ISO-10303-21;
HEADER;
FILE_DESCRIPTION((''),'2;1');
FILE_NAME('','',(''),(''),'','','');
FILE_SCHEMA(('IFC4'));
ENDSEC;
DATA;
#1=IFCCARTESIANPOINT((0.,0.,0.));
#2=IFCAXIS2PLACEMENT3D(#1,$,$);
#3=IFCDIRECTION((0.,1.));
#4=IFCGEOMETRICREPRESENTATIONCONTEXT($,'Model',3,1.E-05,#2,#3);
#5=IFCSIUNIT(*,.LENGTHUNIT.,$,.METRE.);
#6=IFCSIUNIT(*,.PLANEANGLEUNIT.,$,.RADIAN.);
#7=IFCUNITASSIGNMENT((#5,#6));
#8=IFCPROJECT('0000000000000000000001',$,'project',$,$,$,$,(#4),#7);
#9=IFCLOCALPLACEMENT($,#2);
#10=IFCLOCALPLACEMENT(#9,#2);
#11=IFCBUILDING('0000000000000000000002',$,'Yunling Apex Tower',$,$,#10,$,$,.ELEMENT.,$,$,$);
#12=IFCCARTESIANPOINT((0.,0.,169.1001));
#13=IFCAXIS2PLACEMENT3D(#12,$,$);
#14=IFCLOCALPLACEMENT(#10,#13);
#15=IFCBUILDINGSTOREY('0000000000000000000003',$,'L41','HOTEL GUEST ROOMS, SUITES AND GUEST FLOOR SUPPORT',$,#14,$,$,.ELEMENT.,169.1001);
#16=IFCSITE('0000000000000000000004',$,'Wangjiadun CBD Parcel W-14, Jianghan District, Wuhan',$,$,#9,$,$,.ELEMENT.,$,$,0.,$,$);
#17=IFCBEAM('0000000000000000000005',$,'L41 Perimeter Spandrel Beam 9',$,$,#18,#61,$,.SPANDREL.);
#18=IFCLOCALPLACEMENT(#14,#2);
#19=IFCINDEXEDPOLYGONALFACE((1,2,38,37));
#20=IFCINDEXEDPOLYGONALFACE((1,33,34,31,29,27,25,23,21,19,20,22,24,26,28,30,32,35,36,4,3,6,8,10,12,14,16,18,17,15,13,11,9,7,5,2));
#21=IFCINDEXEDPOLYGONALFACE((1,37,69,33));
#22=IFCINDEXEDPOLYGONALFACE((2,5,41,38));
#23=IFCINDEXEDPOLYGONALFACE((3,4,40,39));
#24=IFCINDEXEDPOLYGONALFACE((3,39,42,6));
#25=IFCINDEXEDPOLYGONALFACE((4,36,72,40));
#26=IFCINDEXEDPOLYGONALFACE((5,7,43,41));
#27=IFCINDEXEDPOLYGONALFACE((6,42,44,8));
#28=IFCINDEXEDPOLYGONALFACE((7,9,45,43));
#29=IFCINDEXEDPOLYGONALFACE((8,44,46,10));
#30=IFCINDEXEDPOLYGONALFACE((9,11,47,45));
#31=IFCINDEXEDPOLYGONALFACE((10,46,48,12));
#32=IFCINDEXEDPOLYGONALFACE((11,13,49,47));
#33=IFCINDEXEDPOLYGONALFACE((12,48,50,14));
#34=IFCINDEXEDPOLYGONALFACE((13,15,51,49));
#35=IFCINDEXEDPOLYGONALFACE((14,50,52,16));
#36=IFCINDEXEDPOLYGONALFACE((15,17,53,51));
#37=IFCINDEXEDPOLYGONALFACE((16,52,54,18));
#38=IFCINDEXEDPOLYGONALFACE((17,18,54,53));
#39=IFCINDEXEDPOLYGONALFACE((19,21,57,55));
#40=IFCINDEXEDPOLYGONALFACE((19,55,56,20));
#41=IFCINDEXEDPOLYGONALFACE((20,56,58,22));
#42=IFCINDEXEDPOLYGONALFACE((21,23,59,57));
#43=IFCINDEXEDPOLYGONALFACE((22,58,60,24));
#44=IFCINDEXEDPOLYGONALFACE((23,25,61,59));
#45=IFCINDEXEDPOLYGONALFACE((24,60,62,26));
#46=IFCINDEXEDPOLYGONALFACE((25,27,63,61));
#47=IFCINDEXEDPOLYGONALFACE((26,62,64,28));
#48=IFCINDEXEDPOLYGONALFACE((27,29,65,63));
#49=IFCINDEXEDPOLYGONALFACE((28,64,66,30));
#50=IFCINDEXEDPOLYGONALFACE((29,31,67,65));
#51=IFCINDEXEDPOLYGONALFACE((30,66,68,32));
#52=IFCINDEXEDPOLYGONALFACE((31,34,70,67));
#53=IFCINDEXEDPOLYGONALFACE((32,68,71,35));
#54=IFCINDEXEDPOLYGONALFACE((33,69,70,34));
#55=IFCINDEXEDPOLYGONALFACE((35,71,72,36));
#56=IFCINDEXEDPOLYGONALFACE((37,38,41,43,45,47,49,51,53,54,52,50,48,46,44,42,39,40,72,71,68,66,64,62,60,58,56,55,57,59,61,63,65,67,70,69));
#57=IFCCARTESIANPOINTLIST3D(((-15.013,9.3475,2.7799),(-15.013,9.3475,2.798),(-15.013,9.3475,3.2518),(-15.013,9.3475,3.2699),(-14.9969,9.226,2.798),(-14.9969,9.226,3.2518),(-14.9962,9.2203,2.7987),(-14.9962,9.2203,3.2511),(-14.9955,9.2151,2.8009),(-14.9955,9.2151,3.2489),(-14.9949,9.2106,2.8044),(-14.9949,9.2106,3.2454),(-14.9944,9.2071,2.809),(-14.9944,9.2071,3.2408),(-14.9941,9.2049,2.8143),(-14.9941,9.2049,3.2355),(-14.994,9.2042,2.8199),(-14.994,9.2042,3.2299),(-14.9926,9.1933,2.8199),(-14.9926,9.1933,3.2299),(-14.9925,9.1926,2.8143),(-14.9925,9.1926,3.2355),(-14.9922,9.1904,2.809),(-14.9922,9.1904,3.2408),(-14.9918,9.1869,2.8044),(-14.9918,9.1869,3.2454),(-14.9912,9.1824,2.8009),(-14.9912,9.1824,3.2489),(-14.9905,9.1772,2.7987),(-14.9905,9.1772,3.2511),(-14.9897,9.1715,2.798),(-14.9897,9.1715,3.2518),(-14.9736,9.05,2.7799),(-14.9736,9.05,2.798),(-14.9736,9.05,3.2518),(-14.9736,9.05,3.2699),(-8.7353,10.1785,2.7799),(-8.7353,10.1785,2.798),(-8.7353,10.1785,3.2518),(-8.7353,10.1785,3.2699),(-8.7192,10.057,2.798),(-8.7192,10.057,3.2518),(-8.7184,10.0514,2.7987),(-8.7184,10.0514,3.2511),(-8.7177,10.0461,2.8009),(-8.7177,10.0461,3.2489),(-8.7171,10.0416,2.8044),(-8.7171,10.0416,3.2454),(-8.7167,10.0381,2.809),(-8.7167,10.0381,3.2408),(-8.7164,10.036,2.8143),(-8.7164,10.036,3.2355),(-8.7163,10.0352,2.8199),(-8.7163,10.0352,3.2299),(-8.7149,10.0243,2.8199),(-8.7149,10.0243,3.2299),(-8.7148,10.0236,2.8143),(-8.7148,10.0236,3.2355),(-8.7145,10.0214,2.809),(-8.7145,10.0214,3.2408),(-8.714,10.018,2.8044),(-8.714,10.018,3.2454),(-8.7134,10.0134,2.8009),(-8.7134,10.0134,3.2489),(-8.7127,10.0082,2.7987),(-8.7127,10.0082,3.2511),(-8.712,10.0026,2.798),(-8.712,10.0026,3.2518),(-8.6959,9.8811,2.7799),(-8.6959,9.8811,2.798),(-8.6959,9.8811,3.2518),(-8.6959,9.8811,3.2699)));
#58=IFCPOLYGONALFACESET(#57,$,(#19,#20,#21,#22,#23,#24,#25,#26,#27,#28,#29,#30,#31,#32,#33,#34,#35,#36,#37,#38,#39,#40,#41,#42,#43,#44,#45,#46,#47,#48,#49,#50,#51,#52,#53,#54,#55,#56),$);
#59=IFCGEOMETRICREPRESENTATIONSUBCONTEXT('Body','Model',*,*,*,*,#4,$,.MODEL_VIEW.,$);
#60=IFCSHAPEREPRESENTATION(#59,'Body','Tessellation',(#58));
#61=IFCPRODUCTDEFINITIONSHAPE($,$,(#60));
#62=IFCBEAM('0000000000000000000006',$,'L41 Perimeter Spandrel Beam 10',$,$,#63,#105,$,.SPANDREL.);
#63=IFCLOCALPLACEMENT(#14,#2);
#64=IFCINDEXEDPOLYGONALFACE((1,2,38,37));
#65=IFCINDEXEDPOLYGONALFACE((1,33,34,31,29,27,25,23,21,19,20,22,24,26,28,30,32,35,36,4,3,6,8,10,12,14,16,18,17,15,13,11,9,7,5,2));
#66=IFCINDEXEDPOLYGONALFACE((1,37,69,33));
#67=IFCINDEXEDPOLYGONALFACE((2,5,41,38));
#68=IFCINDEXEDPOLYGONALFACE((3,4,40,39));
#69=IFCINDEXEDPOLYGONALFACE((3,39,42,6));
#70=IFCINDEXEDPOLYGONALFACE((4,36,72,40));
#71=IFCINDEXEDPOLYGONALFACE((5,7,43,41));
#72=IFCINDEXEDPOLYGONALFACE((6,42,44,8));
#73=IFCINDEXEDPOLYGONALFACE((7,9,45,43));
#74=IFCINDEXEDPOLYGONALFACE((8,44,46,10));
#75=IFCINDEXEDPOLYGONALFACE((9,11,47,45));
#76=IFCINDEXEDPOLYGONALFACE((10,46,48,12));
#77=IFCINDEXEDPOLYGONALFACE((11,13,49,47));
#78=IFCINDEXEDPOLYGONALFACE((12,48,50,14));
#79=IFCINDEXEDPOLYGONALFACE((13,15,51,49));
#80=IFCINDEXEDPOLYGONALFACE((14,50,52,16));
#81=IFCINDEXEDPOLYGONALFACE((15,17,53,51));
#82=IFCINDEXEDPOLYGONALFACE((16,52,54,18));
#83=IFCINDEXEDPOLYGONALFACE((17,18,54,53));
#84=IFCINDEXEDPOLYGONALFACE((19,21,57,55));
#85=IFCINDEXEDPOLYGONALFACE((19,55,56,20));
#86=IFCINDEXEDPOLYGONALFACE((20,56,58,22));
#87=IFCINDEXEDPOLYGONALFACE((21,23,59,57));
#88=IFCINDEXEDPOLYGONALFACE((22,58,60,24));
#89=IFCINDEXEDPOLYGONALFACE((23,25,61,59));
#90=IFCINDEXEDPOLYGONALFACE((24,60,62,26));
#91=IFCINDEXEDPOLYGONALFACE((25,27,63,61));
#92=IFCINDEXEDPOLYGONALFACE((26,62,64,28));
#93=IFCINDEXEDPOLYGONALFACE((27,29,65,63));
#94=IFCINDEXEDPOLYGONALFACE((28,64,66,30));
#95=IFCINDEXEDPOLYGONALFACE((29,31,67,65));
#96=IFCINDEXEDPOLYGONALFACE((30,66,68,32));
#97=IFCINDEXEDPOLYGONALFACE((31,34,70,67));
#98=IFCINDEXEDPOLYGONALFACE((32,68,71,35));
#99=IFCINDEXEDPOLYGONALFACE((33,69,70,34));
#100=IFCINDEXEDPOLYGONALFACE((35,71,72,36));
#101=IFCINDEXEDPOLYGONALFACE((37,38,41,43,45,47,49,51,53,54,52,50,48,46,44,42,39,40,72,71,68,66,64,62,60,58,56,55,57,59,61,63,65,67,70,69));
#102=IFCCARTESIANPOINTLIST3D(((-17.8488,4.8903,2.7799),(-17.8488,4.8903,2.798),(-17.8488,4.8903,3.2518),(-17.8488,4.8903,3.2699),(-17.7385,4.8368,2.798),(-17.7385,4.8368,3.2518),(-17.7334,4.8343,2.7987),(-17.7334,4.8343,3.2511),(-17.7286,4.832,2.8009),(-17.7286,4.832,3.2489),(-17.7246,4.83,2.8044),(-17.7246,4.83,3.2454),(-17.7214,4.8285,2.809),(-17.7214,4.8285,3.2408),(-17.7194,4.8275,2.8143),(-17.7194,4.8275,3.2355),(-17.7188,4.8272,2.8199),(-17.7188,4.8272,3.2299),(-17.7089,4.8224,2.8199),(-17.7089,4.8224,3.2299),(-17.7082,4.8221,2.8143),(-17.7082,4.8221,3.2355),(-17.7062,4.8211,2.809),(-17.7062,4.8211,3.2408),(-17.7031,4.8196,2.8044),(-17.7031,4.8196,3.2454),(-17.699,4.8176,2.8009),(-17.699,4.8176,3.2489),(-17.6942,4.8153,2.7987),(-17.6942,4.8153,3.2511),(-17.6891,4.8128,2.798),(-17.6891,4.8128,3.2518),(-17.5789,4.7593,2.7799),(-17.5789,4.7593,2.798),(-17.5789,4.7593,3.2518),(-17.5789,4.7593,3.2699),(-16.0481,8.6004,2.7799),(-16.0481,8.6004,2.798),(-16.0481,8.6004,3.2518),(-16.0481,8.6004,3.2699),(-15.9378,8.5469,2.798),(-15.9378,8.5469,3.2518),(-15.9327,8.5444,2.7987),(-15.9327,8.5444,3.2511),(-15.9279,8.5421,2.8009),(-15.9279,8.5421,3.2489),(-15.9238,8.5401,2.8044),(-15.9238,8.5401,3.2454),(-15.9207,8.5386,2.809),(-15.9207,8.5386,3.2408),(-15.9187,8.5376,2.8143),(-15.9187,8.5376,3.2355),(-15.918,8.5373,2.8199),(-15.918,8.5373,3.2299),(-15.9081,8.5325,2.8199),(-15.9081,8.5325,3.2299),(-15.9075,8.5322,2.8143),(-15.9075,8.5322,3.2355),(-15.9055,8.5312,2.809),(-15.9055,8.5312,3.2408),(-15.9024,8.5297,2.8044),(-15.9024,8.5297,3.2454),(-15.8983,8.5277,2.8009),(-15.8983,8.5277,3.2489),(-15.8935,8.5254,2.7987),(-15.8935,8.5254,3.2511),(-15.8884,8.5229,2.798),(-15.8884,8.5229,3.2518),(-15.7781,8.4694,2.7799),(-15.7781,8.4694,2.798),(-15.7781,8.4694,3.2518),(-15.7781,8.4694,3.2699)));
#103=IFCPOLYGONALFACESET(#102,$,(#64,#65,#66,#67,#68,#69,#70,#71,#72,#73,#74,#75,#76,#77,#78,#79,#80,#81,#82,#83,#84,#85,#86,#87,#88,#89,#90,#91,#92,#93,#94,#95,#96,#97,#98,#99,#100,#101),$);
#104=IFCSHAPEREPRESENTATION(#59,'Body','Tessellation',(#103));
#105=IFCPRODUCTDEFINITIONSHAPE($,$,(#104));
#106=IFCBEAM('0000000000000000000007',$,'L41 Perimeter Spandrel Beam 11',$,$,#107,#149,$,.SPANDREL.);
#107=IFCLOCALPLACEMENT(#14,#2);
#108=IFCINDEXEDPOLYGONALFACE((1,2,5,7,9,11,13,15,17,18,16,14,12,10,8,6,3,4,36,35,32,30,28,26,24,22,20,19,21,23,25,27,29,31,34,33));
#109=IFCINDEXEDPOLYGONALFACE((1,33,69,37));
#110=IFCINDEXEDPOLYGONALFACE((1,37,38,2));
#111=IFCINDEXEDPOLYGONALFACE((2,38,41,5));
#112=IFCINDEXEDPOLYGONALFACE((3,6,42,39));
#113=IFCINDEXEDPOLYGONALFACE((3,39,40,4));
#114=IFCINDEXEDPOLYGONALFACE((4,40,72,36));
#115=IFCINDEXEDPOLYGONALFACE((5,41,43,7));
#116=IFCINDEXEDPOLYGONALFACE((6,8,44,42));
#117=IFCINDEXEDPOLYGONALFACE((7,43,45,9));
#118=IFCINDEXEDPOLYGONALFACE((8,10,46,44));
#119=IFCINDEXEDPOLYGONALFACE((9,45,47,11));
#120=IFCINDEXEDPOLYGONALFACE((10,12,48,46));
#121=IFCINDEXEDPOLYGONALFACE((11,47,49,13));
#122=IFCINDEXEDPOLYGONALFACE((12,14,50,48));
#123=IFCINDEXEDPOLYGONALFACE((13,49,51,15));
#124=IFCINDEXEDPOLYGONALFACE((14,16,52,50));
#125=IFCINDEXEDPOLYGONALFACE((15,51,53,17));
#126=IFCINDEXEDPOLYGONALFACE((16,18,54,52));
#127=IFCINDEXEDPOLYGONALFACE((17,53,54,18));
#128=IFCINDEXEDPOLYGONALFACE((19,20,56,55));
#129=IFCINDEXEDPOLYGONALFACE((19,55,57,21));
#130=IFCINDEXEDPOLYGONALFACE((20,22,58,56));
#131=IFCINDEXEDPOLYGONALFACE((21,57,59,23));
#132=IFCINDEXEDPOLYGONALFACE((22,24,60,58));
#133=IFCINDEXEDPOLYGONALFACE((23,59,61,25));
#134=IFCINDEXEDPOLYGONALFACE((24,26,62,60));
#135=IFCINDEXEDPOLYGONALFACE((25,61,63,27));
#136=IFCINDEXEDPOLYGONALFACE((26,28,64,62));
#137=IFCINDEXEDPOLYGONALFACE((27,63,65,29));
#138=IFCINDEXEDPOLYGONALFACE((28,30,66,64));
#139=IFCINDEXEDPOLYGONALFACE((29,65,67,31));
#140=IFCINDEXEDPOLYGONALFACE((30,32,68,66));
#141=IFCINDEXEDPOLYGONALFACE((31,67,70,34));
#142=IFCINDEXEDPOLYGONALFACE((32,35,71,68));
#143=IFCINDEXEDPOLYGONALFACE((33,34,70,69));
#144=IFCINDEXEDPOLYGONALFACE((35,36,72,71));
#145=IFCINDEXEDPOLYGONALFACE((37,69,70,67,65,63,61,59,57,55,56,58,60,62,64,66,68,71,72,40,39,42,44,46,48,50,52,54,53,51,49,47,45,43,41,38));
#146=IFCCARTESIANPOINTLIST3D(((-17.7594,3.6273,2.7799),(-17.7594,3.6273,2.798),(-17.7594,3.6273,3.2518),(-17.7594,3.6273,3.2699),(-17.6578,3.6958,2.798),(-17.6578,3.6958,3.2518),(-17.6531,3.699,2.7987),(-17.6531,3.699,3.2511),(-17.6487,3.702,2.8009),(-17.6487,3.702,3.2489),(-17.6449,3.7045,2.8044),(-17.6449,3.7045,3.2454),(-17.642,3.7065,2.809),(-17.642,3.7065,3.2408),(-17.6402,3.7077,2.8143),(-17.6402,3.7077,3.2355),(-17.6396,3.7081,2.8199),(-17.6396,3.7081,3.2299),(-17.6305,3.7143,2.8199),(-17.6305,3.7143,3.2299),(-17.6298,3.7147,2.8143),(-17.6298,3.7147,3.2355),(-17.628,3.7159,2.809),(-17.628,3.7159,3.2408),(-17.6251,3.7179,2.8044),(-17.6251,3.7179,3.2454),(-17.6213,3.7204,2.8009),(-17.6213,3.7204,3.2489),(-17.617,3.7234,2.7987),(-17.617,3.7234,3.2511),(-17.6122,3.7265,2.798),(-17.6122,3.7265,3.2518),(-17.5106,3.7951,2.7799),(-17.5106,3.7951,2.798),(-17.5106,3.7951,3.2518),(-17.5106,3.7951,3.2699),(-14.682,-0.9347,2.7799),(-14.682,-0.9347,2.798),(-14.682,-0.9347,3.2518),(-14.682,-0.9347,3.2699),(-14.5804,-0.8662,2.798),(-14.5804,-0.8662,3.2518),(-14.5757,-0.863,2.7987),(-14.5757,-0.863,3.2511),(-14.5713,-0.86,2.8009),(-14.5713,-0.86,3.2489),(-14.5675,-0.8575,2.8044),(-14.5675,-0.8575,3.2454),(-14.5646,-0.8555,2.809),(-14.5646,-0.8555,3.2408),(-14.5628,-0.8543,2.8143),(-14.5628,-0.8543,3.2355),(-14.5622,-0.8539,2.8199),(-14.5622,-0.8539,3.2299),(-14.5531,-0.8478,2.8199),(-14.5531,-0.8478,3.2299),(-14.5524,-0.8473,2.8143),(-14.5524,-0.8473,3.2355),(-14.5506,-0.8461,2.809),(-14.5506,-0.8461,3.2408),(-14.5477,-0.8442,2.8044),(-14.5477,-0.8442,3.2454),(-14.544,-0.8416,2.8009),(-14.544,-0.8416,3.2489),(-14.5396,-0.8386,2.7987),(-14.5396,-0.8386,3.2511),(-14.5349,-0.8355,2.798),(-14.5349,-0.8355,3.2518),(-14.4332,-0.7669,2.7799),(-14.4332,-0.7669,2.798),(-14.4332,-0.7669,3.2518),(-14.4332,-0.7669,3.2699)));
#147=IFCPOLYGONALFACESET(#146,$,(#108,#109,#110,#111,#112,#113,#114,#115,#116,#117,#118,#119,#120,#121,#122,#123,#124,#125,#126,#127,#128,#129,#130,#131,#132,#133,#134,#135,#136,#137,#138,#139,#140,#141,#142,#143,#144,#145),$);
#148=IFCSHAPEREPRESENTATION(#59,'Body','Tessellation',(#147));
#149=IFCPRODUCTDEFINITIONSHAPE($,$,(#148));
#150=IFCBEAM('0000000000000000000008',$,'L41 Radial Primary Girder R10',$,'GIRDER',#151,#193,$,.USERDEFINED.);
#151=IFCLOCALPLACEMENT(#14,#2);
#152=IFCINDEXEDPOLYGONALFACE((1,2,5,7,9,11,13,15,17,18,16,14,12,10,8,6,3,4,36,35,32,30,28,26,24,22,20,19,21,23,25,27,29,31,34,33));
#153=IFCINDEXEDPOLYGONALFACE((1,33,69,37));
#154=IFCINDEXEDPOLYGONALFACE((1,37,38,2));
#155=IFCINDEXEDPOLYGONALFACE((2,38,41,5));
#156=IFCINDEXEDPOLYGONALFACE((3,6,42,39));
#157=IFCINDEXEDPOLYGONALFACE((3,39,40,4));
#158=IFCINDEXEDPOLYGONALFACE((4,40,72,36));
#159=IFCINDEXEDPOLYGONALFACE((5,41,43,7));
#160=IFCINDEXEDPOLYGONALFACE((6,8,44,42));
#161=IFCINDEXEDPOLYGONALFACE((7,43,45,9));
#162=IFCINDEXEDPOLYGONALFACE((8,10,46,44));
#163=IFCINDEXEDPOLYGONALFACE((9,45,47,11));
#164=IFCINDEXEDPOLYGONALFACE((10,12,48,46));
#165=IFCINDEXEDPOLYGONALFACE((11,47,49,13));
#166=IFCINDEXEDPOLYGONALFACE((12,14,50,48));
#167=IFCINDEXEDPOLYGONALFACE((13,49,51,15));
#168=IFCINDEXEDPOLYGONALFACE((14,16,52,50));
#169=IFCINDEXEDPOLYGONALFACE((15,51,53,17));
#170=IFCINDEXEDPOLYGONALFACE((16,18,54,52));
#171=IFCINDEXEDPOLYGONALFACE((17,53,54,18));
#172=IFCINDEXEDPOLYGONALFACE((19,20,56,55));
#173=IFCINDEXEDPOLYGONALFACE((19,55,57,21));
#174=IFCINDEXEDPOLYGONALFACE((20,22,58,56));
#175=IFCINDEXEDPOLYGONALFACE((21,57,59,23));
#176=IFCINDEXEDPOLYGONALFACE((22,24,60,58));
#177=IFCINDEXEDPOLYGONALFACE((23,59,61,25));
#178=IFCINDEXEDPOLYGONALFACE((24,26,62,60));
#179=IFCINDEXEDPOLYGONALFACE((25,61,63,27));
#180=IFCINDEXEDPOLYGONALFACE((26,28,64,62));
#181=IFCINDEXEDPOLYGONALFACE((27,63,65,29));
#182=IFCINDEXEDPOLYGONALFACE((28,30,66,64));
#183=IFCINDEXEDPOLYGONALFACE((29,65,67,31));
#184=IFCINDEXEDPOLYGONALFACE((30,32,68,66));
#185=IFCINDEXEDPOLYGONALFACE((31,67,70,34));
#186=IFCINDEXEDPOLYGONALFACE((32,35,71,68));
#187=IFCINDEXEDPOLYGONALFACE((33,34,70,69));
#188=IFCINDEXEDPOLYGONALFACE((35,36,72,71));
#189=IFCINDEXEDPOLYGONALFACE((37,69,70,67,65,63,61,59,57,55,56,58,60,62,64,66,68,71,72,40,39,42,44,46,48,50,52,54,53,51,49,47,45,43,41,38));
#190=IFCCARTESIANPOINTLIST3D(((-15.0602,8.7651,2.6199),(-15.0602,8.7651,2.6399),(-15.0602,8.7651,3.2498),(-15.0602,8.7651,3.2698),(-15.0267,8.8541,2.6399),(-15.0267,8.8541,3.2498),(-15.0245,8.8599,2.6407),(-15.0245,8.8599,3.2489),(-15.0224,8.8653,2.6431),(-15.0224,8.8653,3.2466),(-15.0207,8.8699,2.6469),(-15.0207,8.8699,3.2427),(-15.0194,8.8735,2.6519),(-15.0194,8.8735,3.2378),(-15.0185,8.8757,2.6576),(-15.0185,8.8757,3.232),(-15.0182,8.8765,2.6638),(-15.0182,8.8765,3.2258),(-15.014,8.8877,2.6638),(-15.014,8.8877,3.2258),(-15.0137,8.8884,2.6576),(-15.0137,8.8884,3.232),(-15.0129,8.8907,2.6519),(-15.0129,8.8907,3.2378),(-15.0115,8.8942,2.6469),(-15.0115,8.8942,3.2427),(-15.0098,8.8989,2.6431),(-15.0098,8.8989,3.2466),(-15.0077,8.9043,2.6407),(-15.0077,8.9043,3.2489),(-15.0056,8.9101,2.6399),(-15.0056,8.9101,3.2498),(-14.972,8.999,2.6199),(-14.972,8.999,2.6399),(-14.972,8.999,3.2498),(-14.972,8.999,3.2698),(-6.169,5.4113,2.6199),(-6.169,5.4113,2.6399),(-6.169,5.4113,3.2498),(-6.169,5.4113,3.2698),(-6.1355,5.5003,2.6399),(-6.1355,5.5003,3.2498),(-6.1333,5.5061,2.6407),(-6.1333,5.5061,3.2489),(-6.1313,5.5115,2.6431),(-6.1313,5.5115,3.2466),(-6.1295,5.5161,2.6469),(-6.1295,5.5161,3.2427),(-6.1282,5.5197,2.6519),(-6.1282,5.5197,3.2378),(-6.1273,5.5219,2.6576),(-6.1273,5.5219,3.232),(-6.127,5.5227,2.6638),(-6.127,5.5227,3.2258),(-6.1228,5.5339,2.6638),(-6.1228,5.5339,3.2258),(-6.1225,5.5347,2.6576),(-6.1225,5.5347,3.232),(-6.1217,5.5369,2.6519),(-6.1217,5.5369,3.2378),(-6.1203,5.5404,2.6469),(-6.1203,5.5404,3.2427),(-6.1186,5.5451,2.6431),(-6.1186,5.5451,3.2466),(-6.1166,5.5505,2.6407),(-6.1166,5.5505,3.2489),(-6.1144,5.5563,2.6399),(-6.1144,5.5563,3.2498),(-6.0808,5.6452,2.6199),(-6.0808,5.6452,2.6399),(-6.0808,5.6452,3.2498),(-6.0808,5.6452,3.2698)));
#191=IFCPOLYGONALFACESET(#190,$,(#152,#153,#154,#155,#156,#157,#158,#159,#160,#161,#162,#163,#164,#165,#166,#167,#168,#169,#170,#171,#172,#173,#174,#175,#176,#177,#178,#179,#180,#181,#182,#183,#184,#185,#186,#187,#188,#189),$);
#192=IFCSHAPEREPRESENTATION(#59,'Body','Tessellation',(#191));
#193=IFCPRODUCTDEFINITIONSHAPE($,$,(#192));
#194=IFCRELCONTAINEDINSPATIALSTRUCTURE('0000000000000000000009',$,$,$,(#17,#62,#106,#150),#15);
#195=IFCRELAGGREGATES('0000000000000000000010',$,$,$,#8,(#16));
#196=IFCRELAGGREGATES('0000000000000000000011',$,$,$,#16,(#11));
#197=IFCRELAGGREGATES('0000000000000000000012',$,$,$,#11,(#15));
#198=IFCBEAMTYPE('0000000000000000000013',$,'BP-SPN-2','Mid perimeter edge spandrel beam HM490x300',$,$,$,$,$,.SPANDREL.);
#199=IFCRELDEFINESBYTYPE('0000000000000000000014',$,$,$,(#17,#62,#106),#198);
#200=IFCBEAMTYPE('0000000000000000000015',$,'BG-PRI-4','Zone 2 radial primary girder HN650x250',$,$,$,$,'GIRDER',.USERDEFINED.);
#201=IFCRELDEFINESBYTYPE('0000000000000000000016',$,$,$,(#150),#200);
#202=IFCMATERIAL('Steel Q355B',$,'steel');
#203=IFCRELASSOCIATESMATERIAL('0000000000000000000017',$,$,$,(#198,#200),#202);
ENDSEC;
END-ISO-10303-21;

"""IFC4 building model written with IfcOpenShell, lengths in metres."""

from ifc_helpers import new_model, si_unit, direction, frame, origin, origin_2d, place, context, subcontext, project, spatial, i_section, extrude, source, transform, mapped, material, material_profile, profile_set, type_object, element, save


model = new_model("IFC4")

# Units and contexts
model_context = context("Model", 3, precision=1e-05, world=origin(), true_north=direction((0.0, 1.0)))
body_context = subcontext(model_context, "Body", "Model", "MODEL_VIEW")
ifc_project = project(units=[si_unit("LENGTHUNIT", "METRE"), si_unit("PLANEANGLEUNIT", "RADIAN")], contexts=[model_context])

# Site, building, storey
site_placement = place(None, origin())
site = spatial("IfcSite", under=ifc_project, at=site_placement, Name="Wangjiadun CBD Parcel W-14, Jianghan District, Wuhan", CompositionType="ELEMENT", RefElevation=0.0)
building_placement = place(site_placement, origin())
building = spatial("IfcBuilding", under=site, at=building_placement, Name="Yunling Apex Tower", CompositionType="ELEMENT")
storey_placement = place(building_placement, frame((0.0, 0.0, 169.1001)))
storey = spatial("IfcBuildingStorey", under=building, at=storey_placement, Name="L41", Description="HOTEL GUEST ROOMS, SUITES AND GUEST FLOOR SUPPORT", CompositionType="ELEMENT", Elevation=169.1001)

# Beams
ifc_material_1 = material(Name="Steel Q355B", Category="steel")
ifc_material_profile_1 = material_profile(ifc_material_1, i_section(OverallWidth=0.3, OverallDepth=0.49, WebThickness=0.011, FlangeThickness=0.0181, FilletRadius=0.022, at=origin_2d()))
ifc_profile_set_1 = profile_set([ifc_material_profile_1], Name="Steel Q355B")
beam_type_1 = type_object("IfcBeamType", Name="BP-SPN-2", Description="Mid perimeter edge spandrel beam HM490x300", PredefinedType="SPANDREL", material=ifc_profile_set_1)
shared_shape_1 = source(origin(), body_context, "Body", "SweptSolid", [
    extrude(i_section(OverallWidth=0.3, OverallDepth=0.49, WebThickness=0.011, FlangeThickness=0.0181, FilletRadius=0.022, at=origin_2d()), origin(), (0.0, 0.0, 1.0), 6.3325),
])
beam_1_placement = place(storey_placement, frame((-8.7156, 10.0298, 3.0249), z_axis=(-0.991351, -0.131234, 0.0), x_axis=(0.131234, -0.991351, 0.0)))
element("IfcBeam", 1, at=beam_1_placement, inside=storey, type_object=beam_type_1, Name="L41 Perimeter Spandrel Beam 9", PredefinedType="SPANDREL", context=body_context, shape_type="MappedRepresentation", body=[
    mapped(shared_shape_1, transform((0.0, 0.0, 0.0), scale=1.0)),
])
shared_shape_2 = source(origin(), body_context, "Body", "SweptSolid", [
    extrude(i_section(OverallWidth=0.3, OverallDepth=0.49, WebThickness=0.011, FlangeThickness=0.0181, FilletRadius=0.022, at=origin_2d()), origin(), (0.0, 0.0, 1.0), 4.124),
])
beam_2_placement = place(storey_placement, frame((-15.9131, 8.5349, 3.0249), z_axis=(-0.436645, -0.899634, 0.0), x_axis=(0.899634, -0.436645, 0.0)))
element("IfcBeam", 2, at=beam_2_placement, inside=storey, type_object=beam_type_1, Name="L41 Perimeter Spandrel Beam 10", PredefinedType="SPANDREL", context=body_context, shape_type="MappedRepresentation", body=[
    mapped(shared_shape_2, transform((0.0, 0.0, 0.0), scale=1.0)),
])
shared_shape_3 = source(origin(), body_context, "Body", "SweptSolid", [
    extrude(i_section(OverallWidth=0.3, OverallDepth=0.49, WebThickness=0.011, FlangeThickness=0.0181, FilletRadius=0.022, at=origin_2d()), origin(), (0.0, 0.0, 1.0), 5.5029),
])
beam_3_placement = place(storey_placement, frame((-17.635, 3.7112, 3.0249), z_axis=(0.559227, -0.829014, 0.0), x_axis=(0.829014, 0.559227, 0.0)))
element("IfcBeam", 3, at=beam_3_placement, inside=storey, type_object=beam_type_1, Name="L41 Perimeter Spandrel Beam 11", PredefinedType="SPANDREL", context=body_context, shape_type="MappedRepresentation", body=[
    mapped(shared_shape_3, transform((0.0, 0.0, 0.0), scale=1.0)),
])
ifc_material_profile_2 = material_profile(ifc_material_1, i_section(OverallWidth=0.25, OverallDepth=0.6499, WebThickness=0.012, FlangeThickness=0.02, FilletRadius=0.0239, at=origin_2d()))
ifc_profile_set_2 = profile_set([ifc_material_profile_2], Name="Steel Q355B")
beam_type_2 = type_object("IfcBeamType", Name="BG-PRI-4", Description="Zone 2 radial primary girder HN650x250", ElementType="GIRDER", PredefinedType="USERDEFINED", material=ifc_profile_set_2)
shared_shape_4 = source(origin(), body_context, "Body", "SweptSolid", [
    extrude(i_section(OverallWidth=0.25, OverallDepth=0.6499, WebThickness=0.012, FlangeThickness=0.02, FilletRadius=0.0239, at=origin_2d()), origin(), (0.0, 0.0, 1.0), 9.5027),
])
beam_4_placement = place(storey_placement, frame((-15.0161, 8.8821, 2.9448), z_axis=(0.93565, -0.35293, 0.0), x_axis=(0.35293, 0.93565, 0.0)))
element("IfcBeam", 4, at=beam_4_placement, inside=storey, type_object=beam_type_2, Name="L41 Radial Primary Girder R10", ObjectType="GIRDER", PredefinedType="USERDEFINED", context=body_context, shape_type="MappedRepresentation", body=[
    mapped(shared_shape_4, transform((0.0, 0.0, 0.0), scale=1.0)),
])

save(model, "model.ifc")
